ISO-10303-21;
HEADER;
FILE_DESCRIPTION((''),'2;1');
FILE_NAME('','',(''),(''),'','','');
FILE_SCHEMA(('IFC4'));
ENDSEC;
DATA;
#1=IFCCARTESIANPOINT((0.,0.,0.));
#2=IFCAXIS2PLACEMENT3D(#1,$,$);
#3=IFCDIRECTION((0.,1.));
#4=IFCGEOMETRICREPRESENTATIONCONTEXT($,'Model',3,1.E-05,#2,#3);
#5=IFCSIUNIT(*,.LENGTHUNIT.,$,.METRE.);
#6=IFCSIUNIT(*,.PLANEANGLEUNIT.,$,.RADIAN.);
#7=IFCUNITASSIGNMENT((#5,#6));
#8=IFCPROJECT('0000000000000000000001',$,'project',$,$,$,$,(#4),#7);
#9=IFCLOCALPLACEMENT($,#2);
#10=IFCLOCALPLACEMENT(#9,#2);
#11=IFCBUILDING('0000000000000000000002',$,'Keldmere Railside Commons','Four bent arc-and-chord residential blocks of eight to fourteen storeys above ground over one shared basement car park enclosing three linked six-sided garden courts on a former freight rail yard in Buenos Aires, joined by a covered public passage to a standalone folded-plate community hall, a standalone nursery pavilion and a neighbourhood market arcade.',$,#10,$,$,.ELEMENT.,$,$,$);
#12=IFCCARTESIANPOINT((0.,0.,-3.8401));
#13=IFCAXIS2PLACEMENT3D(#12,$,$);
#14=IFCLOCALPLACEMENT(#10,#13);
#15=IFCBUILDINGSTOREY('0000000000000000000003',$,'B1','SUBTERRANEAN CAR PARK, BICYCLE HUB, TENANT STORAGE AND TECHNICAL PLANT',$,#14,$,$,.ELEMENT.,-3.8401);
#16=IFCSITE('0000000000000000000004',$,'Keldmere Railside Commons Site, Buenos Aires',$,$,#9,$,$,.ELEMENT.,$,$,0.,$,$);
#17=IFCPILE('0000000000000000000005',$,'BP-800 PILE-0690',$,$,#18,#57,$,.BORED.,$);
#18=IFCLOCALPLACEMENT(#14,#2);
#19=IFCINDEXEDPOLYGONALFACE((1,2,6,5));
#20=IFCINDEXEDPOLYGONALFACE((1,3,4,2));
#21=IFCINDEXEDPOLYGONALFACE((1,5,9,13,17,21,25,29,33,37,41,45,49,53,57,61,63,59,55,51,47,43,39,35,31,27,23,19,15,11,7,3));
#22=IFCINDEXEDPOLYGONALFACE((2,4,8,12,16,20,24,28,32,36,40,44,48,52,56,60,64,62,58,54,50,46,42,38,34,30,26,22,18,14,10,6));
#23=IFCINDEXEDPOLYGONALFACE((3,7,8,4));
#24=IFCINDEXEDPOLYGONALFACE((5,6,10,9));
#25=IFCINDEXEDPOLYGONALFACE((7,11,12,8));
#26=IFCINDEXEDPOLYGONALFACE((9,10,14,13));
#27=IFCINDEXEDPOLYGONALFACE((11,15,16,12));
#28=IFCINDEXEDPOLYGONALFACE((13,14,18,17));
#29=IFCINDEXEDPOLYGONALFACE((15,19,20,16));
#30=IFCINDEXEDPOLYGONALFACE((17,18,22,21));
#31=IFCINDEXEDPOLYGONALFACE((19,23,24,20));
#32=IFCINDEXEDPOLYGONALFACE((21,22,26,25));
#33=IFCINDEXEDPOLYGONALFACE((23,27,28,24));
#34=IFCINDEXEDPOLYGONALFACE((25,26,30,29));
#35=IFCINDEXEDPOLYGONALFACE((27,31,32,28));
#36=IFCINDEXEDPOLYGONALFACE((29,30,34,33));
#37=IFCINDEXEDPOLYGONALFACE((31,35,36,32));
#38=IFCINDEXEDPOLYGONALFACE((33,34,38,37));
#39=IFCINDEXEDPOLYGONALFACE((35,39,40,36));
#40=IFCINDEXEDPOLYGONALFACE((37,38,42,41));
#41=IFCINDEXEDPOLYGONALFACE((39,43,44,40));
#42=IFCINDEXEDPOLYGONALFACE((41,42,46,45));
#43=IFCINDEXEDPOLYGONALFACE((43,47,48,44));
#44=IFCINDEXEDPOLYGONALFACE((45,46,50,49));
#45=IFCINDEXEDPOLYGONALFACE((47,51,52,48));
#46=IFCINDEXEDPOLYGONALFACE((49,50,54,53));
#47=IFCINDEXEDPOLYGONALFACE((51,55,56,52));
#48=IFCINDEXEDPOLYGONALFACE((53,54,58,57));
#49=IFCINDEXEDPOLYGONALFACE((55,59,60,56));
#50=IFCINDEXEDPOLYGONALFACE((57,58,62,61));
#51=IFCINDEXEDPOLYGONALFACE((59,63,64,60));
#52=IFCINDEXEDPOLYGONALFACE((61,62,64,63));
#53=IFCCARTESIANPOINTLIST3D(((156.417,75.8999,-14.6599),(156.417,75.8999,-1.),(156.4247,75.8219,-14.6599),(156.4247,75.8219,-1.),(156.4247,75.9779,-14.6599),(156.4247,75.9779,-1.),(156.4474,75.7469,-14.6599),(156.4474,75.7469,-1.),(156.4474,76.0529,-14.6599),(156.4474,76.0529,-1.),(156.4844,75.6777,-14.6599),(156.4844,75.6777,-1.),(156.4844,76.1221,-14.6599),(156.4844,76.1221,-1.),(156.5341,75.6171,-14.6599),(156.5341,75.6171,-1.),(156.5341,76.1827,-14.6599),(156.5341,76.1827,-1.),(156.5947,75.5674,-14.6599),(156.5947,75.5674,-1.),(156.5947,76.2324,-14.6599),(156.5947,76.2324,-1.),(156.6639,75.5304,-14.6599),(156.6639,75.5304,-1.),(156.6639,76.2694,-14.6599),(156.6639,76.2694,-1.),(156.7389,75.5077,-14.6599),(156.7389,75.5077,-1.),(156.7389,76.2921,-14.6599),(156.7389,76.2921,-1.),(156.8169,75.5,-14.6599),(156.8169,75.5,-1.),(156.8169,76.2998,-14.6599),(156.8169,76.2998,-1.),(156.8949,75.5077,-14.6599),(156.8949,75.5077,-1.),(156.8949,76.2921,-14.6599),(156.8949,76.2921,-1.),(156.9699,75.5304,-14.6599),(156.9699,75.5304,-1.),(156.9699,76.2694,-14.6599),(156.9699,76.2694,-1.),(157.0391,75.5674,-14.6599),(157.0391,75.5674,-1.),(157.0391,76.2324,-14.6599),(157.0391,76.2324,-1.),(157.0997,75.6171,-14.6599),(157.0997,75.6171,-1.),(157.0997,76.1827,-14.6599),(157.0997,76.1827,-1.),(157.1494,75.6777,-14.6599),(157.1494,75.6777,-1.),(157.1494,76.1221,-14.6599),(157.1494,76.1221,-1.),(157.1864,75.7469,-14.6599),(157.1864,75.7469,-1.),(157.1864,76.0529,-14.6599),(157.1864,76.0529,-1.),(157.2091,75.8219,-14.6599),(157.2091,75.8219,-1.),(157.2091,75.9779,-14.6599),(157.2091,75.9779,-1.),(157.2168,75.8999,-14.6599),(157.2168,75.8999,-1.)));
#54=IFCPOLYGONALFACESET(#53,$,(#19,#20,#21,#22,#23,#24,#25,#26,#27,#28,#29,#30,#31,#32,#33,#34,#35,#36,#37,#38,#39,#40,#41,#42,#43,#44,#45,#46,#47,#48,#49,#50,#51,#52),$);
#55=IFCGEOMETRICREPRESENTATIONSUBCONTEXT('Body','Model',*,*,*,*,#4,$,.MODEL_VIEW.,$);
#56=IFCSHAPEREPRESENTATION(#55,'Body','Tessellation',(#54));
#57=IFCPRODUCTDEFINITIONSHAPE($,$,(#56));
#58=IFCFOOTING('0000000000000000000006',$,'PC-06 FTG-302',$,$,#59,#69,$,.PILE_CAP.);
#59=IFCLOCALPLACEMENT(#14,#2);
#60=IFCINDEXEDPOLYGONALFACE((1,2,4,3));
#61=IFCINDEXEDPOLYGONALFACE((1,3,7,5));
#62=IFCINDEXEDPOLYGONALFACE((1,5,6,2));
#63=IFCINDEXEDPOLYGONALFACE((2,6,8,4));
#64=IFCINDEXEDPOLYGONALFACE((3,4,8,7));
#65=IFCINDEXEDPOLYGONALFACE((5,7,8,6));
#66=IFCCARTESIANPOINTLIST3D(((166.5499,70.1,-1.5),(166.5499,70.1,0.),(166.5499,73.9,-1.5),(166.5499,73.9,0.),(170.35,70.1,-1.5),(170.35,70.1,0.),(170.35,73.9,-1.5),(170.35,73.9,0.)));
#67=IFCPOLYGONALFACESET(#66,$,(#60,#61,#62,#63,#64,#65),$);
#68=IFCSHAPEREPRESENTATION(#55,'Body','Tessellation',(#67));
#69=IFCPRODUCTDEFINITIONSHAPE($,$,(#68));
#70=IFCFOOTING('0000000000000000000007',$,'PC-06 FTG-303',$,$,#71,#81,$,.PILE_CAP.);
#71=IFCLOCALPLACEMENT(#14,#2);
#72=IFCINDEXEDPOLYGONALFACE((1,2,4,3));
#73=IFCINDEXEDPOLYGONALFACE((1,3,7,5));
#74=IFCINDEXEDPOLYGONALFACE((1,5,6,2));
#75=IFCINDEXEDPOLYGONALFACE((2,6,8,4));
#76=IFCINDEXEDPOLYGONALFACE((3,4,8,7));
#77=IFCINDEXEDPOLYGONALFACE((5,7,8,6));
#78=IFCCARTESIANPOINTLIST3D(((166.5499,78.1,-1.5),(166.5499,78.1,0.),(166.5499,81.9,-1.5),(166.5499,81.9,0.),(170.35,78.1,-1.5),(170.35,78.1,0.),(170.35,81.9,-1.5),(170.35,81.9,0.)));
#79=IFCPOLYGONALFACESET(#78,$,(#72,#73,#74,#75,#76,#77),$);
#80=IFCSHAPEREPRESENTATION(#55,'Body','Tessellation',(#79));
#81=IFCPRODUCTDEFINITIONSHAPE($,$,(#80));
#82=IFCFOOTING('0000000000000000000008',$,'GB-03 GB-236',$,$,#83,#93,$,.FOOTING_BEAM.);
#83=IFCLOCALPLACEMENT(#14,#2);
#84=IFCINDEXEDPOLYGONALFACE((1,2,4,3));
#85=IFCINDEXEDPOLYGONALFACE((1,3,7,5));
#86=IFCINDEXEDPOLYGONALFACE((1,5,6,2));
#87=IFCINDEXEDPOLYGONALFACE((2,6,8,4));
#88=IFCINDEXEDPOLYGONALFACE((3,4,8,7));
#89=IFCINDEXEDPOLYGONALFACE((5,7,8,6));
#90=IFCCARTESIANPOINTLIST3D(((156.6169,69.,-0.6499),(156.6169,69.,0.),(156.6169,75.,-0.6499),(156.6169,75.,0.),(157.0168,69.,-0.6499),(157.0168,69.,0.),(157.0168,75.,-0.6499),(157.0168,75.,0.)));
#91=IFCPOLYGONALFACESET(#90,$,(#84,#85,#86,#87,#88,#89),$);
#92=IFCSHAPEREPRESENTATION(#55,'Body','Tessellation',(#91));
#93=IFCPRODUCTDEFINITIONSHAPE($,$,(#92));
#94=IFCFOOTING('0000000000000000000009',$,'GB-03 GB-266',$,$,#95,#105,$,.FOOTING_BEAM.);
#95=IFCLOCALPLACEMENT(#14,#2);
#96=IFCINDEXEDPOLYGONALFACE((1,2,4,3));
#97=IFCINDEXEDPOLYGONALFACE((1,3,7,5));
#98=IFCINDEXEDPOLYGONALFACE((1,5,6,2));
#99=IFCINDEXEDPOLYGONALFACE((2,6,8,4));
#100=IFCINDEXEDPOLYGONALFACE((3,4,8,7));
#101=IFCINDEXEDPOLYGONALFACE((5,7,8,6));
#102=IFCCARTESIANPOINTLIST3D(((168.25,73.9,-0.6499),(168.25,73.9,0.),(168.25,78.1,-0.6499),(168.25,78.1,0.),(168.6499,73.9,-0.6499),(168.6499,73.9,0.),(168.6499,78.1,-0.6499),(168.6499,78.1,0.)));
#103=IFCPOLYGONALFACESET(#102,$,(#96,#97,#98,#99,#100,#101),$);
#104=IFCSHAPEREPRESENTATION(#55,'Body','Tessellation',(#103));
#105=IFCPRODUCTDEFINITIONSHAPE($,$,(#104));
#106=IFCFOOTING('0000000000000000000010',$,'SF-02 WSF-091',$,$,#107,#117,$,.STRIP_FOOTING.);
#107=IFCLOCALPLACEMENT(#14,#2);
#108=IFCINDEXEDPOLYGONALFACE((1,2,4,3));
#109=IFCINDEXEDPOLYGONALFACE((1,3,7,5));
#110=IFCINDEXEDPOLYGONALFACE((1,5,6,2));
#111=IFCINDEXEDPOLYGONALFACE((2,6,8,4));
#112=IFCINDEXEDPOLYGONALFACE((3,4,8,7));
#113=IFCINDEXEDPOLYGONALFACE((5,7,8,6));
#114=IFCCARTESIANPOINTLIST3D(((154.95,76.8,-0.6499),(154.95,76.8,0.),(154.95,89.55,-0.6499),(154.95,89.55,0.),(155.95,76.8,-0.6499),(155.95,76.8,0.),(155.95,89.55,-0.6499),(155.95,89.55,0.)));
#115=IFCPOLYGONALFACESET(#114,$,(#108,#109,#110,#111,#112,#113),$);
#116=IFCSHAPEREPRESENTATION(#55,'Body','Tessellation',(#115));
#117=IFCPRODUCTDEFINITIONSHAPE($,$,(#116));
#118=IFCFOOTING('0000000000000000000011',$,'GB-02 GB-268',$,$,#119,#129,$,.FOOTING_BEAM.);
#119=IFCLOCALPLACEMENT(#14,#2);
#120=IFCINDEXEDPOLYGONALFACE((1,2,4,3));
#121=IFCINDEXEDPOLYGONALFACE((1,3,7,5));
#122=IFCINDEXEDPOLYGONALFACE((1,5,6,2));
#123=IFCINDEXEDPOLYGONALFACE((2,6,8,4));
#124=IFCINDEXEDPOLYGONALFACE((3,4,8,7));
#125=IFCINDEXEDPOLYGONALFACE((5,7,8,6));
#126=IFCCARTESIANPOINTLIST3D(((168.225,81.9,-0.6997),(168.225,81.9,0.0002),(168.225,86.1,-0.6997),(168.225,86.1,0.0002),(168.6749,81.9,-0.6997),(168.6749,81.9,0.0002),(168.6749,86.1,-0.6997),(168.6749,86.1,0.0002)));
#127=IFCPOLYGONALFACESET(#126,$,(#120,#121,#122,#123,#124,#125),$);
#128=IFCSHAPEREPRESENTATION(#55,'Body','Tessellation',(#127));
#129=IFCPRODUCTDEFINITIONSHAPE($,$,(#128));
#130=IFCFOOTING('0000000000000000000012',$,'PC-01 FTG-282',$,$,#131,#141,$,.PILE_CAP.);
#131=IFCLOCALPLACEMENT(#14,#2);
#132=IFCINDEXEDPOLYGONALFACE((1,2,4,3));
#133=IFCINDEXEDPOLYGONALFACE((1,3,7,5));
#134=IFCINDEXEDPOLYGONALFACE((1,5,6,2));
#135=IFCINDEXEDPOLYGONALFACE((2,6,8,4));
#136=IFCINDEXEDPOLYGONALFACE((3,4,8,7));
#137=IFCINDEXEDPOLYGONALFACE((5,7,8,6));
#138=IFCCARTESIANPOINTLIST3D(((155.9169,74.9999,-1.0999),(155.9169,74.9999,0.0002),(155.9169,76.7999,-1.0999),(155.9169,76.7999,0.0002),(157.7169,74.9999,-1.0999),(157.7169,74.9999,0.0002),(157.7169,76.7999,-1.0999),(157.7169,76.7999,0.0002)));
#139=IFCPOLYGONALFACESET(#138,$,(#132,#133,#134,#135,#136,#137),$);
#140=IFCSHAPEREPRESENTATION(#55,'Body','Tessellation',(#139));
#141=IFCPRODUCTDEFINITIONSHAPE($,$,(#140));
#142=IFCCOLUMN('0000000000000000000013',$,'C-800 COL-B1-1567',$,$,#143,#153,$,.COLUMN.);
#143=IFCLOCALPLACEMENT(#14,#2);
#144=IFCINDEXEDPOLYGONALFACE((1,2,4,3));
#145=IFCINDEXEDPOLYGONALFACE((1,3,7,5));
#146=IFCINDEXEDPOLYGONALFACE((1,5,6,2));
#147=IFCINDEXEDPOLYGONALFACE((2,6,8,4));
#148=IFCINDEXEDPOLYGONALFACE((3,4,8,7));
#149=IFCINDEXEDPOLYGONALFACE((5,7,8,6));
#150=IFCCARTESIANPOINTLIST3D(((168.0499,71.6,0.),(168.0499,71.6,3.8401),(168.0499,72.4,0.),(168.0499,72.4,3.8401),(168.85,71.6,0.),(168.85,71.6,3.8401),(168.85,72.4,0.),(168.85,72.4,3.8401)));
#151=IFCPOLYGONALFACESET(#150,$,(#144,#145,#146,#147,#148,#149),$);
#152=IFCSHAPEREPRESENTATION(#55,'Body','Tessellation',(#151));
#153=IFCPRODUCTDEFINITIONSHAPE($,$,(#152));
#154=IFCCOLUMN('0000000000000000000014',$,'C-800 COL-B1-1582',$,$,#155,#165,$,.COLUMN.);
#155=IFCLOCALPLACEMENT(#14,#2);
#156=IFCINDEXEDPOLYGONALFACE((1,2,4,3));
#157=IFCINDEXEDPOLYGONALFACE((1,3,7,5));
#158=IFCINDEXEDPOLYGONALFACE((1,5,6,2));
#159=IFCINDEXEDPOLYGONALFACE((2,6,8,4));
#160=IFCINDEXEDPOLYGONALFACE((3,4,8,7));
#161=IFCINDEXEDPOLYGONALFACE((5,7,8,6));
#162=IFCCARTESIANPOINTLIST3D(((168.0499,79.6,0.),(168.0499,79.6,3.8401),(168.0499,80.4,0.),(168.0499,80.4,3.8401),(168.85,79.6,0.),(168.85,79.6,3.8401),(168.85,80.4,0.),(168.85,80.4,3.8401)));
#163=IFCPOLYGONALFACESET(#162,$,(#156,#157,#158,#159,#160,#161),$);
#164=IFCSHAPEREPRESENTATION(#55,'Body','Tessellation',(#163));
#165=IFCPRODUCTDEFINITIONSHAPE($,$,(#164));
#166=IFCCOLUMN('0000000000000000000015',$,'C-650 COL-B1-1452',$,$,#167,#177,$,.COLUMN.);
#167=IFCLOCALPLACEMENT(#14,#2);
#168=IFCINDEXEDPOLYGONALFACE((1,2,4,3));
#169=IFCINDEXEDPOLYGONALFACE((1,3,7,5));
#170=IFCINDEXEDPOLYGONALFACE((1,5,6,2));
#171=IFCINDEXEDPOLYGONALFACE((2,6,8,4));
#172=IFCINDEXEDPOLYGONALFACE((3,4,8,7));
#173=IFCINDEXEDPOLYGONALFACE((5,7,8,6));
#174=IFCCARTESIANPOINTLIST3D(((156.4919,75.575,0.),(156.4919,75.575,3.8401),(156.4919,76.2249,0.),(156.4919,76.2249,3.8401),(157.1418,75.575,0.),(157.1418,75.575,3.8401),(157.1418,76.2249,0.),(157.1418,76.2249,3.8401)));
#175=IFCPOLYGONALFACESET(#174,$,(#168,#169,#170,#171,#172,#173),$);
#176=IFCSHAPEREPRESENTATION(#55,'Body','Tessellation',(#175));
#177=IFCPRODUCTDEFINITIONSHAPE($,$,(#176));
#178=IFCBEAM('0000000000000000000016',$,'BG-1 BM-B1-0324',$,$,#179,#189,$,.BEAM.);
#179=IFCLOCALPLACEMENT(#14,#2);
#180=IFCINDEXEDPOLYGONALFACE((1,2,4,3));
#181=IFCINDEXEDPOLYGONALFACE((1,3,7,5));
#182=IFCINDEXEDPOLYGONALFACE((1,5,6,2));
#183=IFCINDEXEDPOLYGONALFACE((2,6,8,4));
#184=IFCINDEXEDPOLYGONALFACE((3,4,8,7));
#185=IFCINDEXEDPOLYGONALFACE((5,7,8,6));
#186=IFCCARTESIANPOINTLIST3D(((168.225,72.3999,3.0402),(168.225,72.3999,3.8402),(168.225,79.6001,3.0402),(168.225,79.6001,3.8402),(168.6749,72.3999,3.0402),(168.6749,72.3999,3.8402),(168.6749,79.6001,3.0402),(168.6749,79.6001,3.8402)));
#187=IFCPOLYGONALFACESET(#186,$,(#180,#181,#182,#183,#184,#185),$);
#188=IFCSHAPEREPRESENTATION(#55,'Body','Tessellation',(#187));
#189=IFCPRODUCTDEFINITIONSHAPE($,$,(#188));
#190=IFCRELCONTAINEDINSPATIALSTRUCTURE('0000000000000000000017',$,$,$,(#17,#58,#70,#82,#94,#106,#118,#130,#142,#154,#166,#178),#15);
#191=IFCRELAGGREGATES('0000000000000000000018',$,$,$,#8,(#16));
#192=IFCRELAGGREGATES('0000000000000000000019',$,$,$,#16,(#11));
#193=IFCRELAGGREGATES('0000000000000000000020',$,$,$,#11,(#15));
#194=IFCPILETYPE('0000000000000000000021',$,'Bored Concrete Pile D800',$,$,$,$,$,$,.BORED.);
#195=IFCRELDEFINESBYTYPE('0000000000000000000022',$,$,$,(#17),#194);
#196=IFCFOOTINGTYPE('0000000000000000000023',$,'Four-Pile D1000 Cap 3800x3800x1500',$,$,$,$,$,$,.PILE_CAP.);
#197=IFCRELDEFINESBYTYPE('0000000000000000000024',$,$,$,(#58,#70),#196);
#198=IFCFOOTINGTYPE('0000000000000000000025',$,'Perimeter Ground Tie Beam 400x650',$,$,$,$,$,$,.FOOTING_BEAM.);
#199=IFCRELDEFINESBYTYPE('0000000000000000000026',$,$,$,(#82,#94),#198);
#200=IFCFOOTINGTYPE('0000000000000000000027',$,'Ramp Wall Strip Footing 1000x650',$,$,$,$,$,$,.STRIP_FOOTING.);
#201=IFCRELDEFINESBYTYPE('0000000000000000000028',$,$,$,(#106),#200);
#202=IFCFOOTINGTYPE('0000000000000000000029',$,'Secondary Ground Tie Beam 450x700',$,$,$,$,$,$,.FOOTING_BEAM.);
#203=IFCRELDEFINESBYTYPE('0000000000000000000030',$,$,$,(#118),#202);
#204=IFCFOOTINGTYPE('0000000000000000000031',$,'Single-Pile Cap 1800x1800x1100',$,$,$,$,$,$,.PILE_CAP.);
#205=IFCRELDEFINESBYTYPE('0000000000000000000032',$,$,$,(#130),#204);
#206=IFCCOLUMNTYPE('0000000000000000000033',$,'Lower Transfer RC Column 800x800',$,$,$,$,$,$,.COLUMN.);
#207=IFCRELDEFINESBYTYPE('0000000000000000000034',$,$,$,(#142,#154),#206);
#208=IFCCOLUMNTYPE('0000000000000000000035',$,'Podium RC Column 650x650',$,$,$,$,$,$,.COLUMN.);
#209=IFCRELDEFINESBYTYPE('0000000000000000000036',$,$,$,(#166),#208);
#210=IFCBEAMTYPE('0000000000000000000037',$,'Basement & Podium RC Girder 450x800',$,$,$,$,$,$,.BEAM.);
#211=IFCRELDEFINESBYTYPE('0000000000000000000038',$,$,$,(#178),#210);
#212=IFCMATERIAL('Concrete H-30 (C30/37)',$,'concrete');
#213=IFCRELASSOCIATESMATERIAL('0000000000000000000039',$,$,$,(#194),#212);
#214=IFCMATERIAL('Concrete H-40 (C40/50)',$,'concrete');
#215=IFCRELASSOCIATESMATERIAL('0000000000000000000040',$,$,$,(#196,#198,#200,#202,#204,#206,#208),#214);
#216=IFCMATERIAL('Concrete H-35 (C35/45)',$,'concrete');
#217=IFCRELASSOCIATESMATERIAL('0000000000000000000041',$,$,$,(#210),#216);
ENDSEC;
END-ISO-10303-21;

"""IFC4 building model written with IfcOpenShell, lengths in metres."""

from ifc_helpers import new_model, si_unit, direction, frame, origin, origin_2d, place, context, subcontext, project, spatial, rectangle, circle, extrude, material, material_profile, profile_set, type_object, element, save


model = new_model("IFC4")

# Units and contexts
model_context = context("Model", 3, precision=1e-05, world=origin(), true_north=direction((0.0, 1.0)))
body_context = subcontext(model_context, "Body", "Model", "MODEL_VIEW")
ifc_project = project(units=[si_unit("LENGTHUNIT", "METRE"), si_unit("PLANEANGLEUNIT", "RADIAN")], contexts=[model_context])

# Site, building, storey
site_placement = place(None, origin())
site = spatial("IfcSite", under=ifc_project, at=site_placement, Name="Keldmere Railside Commons Site, Buenos Aires", CompositionType="ELEMENT", RefElevation=0.0)
building_placement = place(site_placement, origin())
building = spatial("IfcBuilding", under=site, at=building_placement, Name="Keldmere Railside Commons", Description="Four bent arc-and-chord residential blocks of eight to fourteen storeys above ground over one shared basement car park enclosing three linked six-sided garden courts on a former freight rail yard in Buenos Aires, joined by a covered public passage to a standalone folded-plate community hall, a standalone nursery pavilion and a neighbourhood market arcade.", CompositionType="ELEMENT")
storey_placement = place(building_placement, frame((0.0, 0.0, -3.8401)))
storey = spatial("IfcBuildingStorey", under=building, at=storey_placement, Name="B1", Description="SUBTERRANEAN CAR PARK, BICYCLE HUB, TENANT STORAGE AND TECHNICAL PLANT", CompositionType="ELEMENT", Elevation=-3.8401)

# Pile
ifc_material_1 = material(Name="Concrete H-30 (C30/37)", Category="concrete")
ifc_material_profile_1 = material_profile(ifc_material_1, circle(Radius=0.3999, at=origin_2d()), Name="PILE-D800")
ifc_profile_set_1 = profile_set([ifc_material_profile_1], Name="Concrete H-30 (C30/37)")
pile_type_1 = type_object("IfcPileType", Name="Bored Concrete Pile D800", PredefinedType="BORED", material=ifc_profile_set_1)
pile_placement = place(storey_placement, frame((156.8169, 75.8999, -1.0), z_axis=(0.0, 0.0, -1.0), x_axis=(1.0, 0.0, 0.0)))
element("IfcPile", 1, at=pile_placement, inside=storey, type_object=pile_type_1, Name="BP-800 PILE-0690", PredefinedType="BORED", context=body_context, shape_type="SweptSolid", body=[
    extrude(circle(Radius=0.3999, at=origin_2d()), origin(), (0.0, 0.0, 1.0), 13.6599),
])

# Footings
ifc_material_2 = material(Name="Concrete H-40 (C40/50)", Category="concrete")
footing_type_1 = type_object("IfcFootingType", Name="Four-Pile D1000 Cap 3800x3800x1500", PredefinedType="PILE_CAP", material=ifc_material_2)
for number, where, z_axis, x_axis, name in (
    (2, (168.45, 72.0, -1.5), (0.0, 0.0, 1.0), (1.0, 0.0, 0.0), "PC-06 FTG-302"),
    (3, (168.45, 80.0, -1.5), (0.0, 0.0, 1.0), (1.0, 0.0, 0.0), "PC-06 FTG-303"),
):
    element("IfcFooting", number, at=place(storey_placement, frame(where, z_axis=z_axis, x_axis=x_axis)), inside=storey, type_object=footing_type_1, Name=name, PredefinedType="PILE_CAP", context=body_context, shape_type="SweptSolid", body=[
        extrude(rectangle(XDim=3.8, YDim=3.8, at=origin_2d()), origin(), (0.0, 0.0, 1.0), 1.5),
    ])
footing_type_2 = type_object("IfcFootingType", Name="Perimeter Ground Tie Beam 400x650", PredefinedType="FOOTING_BEAM", material=ifc_material_2)
footing_1_placement = place(storey_placement, frame((156.8169, 72.0, -0.6499), z_axis=(0.0, 0.0, 1.0), x_axis=(0.0, 1.0, 0.0)))
element("IfcFooting", 4, at=footing_1_placement, inside=storey, type_object=footing_type_2, Name="GB-03 GB-236", PredefinedType="FOOTING_BEAM", context=body_context, shape_type="SweptSolid", body=[
    extrude(rectangle(XDim=6.0, YDim=0.3999, at=origin_2d()), origin(), (0.0, 0.0, 1.0), 0.6499),
])
footing_2_placement = place(storey_placement, frame((168.45, 76.0, -0.6499), z_axis=(0.0, 0.0, 1.0), x_axis=(0.0, 1.0, 0.0)))
element("IfcFooting", 5, at=footing_2_placement, inside=storey, type_object=footing_type_2, Name="GB-03 GB-266", PredefinedType="FOOTING_BEAM", context=body_context, shape_type="SweptSolid", body=[
    extrude(rectangle(XDim=4.2, YDim=0.3999, at=origin_2d()), origin(), (0.0, 0.0, 1.0), 0.6499),
])
footing_type_3 = type_object("IfcFootingType", Name="Ramp Wall Strip Footing 1000x650", PredefinedType="STRIP_FOOTING", material=ifc_material_2)
footing_3_placement = place(storey_placement, frame((155.45, 83.175, -0.6499), z_axis=(0.0, 0.0, 1.0), x_axis=(0.0, 1.0, 0.0)))
element("IfcFooting", 6, at=footing_3_placement, inside=storey, type_object=footing_type_3, Name="SF-02 WSF-091", PredefinedType="STRIP_FOOTING", context=body_context, shape_type="SweptSolid", body=[
    extrude(rectangle(XDim=12.75, YDim=1.0, at=origin_2d()), origin(), (0.0, 0.0, 1.0), 0.6499),
])
footing_type_4 = type_object("IfcFootingType", Name="Secondary Ground Tie Beam 450x700", PredefinedType="FOOTING_BEAM", material=ifc_material_2)
footing_4_placement = place(storey_placement, frame((168.45, 84.0, -0.6997), z_axis=(0.0, 0.0, 1.0), x_axis=(0.0, 1.0, 0.0)))
element("IfcFooting", 7, at=footing_4_placement, inside=storey, type_object=footing_type_4, Name="GB-02 GB-268", PredefinedType="FOOTING_BEAM", context=body_context, shape_type="SweptSolid", body=[
    extrude(rectangle(XDim=4.2, YDim=0.45, at=origin_2d()), origin(), (0.0, 0.0, 1.0), 0.7),
])
footing_type_5 = type_object("IfcFootingType", Name="Single-Pile Cap 1800x1800x1100", PredefinedType="PILE_CAP", material=ifc_material_2)
footing_5_placement = place(storey_placement, frame((156.8169, 75.8999, -1.0999), z_axis=(0.0, 0.0, 1.0), x_axis=(1.0, 0.0, 0.0)))
element("IfcFooting", 8, at=footing_5_placement, inside=storey, type_object=footing_type_5, Name="PC-01 FTG-282", PredefinedType="PILE_CAP", context=body_context, shape_type="SweptSolid", body=[
    extrude(rectangle(XDim=1.8, YDim=1.8, at=origin_2d()), origin(), (0.0, 0.0, 1.0), 1.1001),
])

# Columns
ifc_material_profile_2 = material_profile(ifc_material_2, rectangle(XDim=0.8, YDim=0.8, at=origin_2d()), Name="RC-800x800")
ifc_profile_set_2 = profile_set([ifc_material_profile_2], Name="Concrete H-40 (C40/50)")
column_type_1 = type_object("IfcColumnType", Name="Lower Transfer RC Column 800x800", PredefinedType="COLUMN", material=ifc_profile_set_2)
for number, where, z_axis, x_axis, name in (
    (9, (168.45, 72.0, 0.0), (0.0, 0.0, 1.0), (1.0, 0.0, 0.0), "C-800 COL-B1-1567"),
    (10, (168.45, 80.0, 0.0), (0.0, 0.0, 1.0), (1.0, 0.0, 0.0), "C-800 COL-B1-1582"),
):
    element("IfcColumn", number, at=place(storey_placement, frame(where, z_axis=z_axis, x_axis=x_axis)), inside=storey, type_object=column_type_1, Name=name, PredefinedType="COLUMN", context=body_context, shape_type="SweptSolid", body=[
        extrude(rectangle(XDim=0.8, YDim=0.8, at=origin_2d()), origin(), (0.0, 0.0, 1.0), 3.8401),
    ])
ifc_material_profile_3 = material_profile(ifc_material_2, rectangle(XDim=0.6499, YDim=0.6499, at=origin_2d()), Name="RC-650x650")
ifc_profile_set_3 = profile_set([ifc_material_profile_3], Name="Concrete H-40 (C40/50)")
column_type_2 = type_object("IfcColumnType", Name="Podium RC Column 650x650", PredefinedType="COLUMN", material=ifc_profile_set_3)
column_placement = place(storey_placement, frame((156.8169, 75.8999, 0.0), z_axis=(0.0, 0.0, 1.0), x_axis=(1.0, 0.0, 0.0)))
element("IfcColumn", 11, at=column_placement, inside=storey, type_object=column_type_2, Name="C-650 COL-B1-1452", PredefinedType="COLUMN", context=body_context, shape_type="SweptSolid", body=[
    extrude(rectangle(XDim=0.6499, YDim=0.6499, at=origin_2d()), origin(), (0.0, 0.0, 1.0), 3.8401),
])

# Beam
ifc_material_3 = material(Name="Concrete H-35 (C35/45)", Category="concrete")
ifc_material_profile_4 = material_profile(ifc_material_3, rectangle(XDim=0.45, YDim=0.8, at=origin_2d()), Name="RC-450x800")
ifc_profile_set_4 = profile_set([ifc_material_profile_4], Name="Concrete H-35 (C35/45)")
beam_type = type_object("IfcBeamType", Name="Basement & Podium RC Girder 450x800", PredefinedType="BEAM", material=ifc_profile_set_4)
for number, where, z_axis, x_axis, name in (
    (12, (168.45, 72.3999, 3.4402), (0.0, 1.0, 0.0), (-1.0, 0.0, 0.0), "BG-1 BM-B1-0324"),
):
    element("IfcBeam", number, at=place(storey_placement, frame(where, z_axis=z_axis, x_axis=x_axis)), inside=storey, type_object=beam_type, Name=name, PredefinedType="BEAM", context=body_context, shape_type="SweptSolid", body=[
        extrude(rectangle(XDim=0.45, YDim=0.8, at=origin_2d()), origin(), (0.0, 0.0, 1.0), 7.2002),
    ])

save(model, "model.ifc")
